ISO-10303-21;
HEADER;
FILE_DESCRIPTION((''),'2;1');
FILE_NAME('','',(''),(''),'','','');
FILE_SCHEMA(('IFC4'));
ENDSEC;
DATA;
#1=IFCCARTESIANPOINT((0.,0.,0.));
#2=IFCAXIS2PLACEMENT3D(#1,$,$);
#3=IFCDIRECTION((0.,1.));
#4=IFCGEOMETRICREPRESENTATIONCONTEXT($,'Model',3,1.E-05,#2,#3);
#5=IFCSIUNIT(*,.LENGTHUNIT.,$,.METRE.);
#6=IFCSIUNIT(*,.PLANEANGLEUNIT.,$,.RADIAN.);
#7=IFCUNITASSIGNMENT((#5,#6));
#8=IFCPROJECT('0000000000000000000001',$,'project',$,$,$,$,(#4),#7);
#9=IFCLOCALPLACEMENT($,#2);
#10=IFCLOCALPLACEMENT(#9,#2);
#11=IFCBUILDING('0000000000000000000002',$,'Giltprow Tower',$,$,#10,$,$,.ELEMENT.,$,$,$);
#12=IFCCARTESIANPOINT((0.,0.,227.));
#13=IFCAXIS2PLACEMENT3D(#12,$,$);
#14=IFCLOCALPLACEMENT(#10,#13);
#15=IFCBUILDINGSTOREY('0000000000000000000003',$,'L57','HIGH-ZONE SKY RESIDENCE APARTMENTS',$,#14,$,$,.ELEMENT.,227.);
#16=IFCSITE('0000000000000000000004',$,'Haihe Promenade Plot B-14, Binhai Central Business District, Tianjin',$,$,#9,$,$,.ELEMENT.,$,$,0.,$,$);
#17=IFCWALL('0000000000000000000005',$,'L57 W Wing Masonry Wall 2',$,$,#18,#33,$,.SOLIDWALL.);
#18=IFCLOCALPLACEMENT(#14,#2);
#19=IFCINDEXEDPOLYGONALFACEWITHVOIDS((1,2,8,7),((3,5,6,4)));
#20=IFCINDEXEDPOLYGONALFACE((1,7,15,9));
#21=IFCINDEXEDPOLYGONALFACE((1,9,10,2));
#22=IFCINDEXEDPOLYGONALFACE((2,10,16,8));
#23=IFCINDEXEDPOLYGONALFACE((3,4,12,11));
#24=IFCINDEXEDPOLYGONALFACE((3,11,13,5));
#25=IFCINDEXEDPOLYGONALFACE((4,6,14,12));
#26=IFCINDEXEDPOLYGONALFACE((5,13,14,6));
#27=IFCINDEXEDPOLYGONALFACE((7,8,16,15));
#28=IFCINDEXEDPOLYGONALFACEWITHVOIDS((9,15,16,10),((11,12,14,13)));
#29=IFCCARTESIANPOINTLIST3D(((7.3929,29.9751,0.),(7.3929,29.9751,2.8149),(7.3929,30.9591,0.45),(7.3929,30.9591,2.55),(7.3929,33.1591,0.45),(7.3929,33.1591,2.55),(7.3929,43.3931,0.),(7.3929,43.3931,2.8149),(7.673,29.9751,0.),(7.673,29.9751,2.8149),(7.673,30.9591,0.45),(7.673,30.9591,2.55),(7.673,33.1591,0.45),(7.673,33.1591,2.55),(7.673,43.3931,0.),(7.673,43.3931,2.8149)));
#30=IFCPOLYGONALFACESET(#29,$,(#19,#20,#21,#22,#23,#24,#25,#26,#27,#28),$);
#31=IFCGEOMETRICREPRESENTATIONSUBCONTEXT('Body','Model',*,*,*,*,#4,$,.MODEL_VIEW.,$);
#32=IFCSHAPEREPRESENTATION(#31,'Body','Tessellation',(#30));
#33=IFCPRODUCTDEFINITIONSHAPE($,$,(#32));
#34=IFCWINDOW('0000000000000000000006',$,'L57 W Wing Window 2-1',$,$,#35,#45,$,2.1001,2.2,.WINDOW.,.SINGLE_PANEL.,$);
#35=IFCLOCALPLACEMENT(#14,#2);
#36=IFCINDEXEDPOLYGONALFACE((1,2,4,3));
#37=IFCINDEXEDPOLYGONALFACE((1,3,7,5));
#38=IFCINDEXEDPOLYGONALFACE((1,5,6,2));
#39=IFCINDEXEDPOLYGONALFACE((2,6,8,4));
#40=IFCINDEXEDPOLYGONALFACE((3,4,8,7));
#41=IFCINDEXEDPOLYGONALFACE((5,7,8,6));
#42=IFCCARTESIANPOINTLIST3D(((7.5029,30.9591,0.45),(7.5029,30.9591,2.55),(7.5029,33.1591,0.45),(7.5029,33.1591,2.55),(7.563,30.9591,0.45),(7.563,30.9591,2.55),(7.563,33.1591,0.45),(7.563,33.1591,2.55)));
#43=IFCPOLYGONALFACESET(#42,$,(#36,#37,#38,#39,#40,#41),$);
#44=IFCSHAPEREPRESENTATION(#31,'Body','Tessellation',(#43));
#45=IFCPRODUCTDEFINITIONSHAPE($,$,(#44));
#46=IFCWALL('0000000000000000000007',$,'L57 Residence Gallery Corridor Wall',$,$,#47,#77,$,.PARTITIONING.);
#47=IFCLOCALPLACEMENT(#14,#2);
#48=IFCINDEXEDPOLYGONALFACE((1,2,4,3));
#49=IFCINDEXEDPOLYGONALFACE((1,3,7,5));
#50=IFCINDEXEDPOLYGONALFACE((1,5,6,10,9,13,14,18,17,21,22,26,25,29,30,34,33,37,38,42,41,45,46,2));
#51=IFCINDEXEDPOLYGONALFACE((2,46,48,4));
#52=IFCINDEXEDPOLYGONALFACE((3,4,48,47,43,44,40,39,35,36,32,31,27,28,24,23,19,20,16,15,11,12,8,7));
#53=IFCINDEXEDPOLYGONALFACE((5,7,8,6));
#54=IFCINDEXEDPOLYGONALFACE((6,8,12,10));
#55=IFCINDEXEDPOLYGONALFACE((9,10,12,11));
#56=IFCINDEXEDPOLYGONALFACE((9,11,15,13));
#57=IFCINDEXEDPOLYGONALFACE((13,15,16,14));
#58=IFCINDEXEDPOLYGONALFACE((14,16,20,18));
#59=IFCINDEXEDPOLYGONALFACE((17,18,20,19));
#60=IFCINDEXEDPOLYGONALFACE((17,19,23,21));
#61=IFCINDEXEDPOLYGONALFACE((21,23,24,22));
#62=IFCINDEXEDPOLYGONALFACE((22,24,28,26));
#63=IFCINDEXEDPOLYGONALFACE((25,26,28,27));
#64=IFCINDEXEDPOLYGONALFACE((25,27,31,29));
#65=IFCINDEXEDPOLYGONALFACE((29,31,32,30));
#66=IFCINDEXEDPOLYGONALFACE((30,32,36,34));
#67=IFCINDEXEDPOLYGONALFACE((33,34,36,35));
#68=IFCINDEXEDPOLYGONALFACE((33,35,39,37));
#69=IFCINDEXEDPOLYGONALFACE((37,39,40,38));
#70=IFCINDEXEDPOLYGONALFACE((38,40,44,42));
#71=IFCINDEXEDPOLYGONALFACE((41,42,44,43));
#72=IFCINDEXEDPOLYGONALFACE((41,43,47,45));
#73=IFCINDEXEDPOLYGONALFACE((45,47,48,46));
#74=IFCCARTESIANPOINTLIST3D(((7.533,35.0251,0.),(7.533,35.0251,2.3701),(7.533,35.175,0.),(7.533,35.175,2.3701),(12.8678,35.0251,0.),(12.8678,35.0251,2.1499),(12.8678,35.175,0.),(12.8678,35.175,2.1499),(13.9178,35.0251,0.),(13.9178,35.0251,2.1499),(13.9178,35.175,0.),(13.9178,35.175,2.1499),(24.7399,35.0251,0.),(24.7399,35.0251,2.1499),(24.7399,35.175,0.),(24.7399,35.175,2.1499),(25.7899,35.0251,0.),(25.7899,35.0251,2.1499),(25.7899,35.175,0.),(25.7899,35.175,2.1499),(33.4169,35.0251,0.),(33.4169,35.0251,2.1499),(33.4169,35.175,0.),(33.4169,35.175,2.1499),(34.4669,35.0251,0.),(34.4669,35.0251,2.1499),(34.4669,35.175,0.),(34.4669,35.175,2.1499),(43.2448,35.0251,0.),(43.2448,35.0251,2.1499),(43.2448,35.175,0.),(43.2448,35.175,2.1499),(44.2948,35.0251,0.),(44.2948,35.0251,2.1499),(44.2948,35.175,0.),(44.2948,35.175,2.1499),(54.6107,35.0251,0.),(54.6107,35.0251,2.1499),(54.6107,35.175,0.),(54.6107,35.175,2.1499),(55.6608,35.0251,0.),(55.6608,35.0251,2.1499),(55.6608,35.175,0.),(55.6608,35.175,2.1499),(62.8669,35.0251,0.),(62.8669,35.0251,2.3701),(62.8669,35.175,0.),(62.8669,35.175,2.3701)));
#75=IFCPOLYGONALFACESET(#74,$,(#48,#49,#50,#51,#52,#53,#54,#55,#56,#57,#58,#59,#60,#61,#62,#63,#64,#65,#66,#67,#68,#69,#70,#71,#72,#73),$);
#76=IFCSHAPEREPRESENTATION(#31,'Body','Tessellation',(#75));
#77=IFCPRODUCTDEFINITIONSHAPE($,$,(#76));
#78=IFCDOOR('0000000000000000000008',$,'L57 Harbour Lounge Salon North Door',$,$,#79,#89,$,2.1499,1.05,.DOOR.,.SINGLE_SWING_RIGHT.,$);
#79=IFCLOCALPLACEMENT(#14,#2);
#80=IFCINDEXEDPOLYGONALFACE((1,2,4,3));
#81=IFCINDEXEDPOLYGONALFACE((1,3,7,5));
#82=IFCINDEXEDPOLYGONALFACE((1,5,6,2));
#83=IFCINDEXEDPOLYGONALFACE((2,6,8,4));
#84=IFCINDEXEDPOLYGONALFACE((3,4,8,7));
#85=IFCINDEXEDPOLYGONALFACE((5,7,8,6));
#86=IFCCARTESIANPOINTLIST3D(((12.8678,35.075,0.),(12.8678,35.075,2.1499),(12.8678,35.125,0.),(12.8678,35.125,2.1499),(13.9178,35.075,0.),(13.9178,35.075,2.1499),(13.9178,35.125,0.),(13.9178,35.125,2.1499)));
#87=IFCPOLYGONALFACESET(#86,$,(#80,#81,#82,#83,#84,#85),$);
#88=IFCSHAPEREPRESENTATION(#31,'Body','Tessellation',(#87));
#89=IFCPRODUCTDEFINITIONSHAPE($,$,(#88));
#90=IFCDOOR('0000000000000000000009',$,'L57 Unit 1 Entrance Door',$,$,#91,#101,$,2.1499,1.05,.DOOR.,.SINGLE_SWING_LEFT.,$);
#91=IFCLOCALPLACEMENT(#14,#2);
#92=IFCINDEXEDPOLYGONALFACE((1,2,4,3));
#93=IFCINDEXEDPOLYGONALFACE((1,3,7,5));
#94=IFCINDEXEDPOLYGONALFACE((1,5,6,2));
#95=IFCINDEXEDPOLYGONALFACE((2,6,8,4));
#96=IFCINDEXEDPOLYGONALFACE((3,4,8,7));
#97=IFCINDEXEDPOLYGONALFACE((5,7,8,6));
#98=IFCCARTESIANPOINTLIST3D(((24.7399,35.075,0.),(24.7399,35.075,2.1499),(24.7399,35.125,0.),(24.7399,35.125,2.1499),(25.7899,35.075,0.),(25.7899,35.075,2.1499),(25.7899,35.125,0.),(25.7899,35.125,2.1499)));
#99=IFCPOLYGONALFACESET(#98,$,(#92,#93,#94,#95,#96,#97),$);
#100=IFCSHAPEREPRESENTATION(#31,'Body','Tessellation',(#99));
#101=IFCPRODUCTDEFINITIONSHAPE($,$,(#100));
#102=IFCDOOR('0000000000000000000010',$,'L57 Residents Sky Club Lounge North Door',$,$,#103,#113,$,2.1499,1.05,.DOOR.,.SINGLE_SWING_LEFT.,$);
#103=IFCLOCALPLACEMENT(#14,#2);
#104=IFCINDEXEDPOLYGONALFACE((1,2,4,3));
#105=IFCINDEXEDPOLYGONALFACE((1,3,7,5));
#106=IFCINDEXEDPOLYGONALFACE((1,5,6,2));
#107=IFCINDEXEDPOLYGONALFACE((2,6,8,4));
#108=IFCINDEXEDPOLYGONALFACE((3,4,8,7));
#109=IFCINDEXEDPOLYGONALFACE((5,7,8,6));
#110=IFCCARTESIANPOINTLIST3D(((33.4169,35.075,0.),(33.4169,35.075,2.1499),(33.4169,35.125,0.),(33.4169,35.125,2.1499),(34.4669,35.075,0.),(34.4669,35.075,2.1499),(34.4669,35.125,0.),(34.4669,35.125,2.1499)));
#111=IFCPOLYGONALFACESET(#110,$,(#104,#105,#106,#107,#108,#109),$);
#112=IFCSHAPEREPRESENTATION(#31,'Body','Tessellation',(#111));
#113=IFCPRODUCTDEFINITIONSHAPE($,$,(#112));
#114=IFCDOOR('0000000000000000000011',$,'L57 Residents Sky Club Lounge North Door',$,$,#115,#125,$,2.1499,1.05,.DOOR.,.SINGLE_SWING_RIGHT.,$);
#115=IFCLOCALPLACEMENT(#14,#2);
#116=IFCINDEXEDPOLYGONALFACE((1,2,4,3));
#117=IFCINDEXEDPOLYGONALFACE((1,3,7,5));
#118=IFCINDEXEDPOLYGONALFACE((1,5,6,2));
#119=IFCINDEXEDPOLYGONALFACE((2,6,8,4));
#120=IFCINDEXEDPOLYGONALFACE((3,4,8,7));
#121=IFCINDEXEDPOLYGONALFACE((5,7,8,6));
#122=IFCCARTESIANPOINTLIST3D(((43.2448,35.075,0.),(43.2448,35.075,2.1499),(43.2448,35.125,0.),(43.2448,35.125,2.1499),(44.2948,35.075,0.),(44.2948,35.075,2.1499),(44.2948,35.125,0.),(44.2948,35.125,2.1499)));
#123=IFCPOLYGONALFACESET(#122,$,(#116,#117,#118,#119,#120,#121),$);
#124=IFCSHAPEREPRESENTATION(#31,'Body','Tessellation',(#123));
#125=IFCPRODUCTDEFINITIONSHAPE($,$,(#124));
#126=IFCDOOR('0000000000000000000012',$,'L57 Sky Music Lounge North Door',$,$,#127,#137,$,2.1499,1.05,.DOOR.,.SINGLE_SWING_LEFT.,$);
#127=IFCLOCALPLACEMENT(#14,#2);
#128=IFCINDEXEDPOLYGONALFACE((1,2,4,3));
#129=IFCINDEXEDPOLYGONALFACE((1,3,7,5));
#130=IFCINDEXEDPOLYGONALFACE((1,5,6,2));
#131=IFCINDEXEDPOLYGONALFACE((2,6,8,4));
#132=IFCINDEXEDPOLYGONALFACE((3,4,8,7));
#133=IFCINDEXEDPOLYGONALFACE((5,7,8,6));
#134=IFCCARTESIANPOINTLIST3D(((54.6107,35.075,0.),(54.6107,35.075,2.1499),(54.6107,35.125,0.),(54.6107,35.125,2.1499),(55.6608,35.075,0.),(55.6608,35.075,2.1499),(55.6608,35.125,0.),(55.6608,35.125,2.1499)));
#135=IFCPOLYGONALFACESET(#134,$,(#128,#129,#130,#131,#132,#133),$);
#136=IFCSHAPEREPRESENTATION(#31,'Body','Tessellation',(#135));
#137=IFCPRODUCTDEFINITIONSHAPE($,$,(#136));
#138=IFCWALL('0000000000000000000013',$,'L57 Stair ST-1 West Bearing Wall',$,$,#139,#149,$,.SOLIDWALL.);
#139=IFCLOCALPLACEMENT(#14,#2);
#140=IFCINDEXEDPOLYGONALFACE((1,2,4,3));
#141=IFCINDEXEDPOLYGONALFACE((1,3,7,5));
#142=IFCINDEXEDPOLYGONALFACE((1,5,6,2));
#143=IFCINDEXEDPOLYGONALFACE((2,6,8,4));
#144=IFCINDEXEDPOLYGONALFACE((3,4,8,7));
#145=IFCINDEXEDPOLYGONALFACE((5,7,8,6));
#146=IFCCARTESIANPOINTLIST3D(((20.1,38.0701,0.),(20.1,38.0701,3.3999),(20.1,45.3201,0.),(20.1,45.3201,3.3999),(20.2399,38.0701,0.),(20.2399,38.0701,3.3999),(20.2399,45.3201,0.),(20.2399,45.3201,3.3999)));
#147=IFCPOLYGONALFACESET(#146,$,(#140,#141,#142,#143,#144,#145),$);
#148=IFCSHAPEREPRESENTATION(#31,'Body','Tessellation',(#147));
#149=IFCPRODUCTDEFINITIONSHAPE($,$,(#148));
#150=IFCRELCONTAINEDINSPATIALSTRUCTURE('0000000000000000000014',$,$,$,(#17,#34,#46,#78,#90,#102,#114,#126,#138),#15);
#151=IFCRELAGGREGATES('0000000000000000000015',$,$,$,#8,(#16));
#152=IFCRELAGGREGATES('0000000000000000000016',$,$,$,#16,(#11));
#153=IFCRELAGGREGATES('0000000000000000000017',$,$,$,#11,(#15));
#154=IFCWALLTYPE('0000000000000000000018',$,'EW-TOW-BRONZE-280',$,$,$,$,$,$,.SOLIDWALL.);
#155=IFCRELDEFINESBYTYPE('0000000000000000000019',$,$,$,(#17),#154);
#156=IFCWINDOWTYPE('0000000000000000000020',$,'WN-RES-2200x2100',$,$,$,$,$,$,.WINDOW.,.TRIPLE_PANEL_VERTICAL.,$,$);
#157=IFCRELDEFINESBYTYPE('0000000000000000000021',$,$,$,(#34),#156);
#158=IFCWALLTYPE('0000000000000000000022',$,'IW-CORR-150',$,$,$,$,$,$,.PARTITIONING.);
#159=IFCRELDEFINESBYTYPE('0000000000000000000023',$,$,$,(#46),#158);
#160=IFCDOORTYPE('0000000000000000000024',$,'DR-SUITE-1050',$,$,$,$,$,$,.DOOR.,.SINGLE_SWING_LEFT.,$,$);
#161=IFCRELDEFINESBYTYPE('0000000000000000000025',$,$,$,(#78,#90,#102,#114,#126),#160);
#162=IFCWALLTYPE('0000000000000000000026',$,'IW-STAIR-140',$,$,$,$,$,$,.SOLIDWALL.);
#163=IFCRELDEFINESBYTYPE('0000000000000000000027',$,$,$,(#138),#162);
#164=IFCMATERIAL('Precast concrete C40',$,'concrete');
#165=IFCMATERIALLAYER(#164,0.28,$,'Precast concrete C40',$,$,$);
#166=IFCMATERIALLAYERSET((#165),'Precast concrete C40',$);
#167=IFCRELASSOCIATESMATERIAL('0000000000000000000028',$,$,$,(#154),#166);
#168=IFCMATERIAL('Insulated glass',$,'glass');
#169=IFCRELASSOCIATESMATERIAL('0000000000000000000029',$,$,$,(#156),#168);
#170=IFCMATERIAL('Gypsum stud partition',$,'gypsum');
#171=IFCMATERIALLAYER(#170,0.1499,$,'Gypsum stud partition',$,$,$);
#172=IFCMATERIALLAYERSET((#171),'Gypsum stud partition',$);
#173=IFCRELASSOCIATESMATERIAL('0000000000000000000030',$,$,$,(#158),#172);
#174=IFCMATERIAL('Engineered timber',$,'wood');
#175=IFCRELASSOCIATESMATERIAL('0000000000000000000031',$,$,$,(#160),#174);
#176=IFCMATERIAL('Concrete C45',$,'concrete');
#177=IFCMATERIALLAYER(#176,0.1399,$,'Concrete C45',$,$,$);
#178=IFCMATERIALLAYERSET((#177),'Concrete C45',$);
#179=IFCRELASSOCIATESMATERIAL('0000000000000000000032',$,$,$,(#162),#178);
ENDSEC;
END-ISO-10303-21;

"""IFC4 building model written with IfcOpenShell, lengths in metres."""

from ifc_helpers import new_model, si_unit, direction, frame, frame_2d, origin, place, context, subcontext, project, spatial, rectangle, extrude, source, transform, mapped, material, layer, layer_set, type_object, element, fill, save


model = new_model("IFC4")

# Units and contexts
model_context = context("Model", 3, precision=1e-05, world=origin(), true_north=direction((0.0, 1.0)))
body_context = subcontext(model_context, "Body", "Model", "MODEL_VIEW")
ifc_project = project(units=[si_unit("LENGTHUNIT", "METRE"), si_unit("PLANEANGLEUNIT", "RADIAN")], contexts=[model_context])

# Site, building, storey
site_placement = place(None, origin())
site = spatial("IfcSite", under=ifc_project, at=site_placement, Name="Haihe Promenade Plot B-14, Binhai Central Business District, Tianjin", CompositionType="ELEMENT", RefElevation=0.0)
building_placement = place(site_placement, origin())
building = spatial("IfcBuilding", under=site, at=building_placement, Name="Giltprow Tower", CompositionType="ELEMENT")
storey_placement = place(building_placement, frame((0.0, 0.0, 227.0)))
storey = spatial("IfcBuildingStorey", under=building, at=storey_placement, Name="L57", Description="HIGH-ZONE SKY RESIDENCE APARTMENTS", CompositionType="ELEMENT", Elevation=227.0)

# Wall, opening, window
ifc_material_1 = material(Name="Precast concrete C40", Category="concrete")
ifc_layer_1 = layer(ifc_material_1, 0.28, Name="Precast concrete C40")
ifc_layer_set_1 = layer_set([ifc_layer_1], Name="Precast concrete C40")
wall_type_1 = type_object("IfcWallType", Name="EW-TOW-BRONZE-280", PredefinedType="SOLIDWALL", material=ifc_layer_set_1)
wall_1_placement = place(storey_placement, frame((7.533, 29.9751, 0.0), z_axis=(0.0, 0.0, 1.0), x_axis=(0.0, 1.0, 0.0)))
wall_1 = element("IfcWall", 1, at=wall_1_placement, inside=storey, type_object=wall_type_1, Name="L57 W Wing Masonry Wall 2", PredefinedType="SOLIDWALL", context=body_context, shape_type="SweptSolid", body=[
    extrude(rectangle(XDim=13.418, YDim=0.28, at=frame_2d((6.709, 0.0))), origin(), (0.0, 0.0, 1.0), 2.8149),
])
opening_1_placement = place(wall_1_placement, frame((0.9839, 0.0, 0.45)))
opening_1 = element("IfcOpeningElement", 2, at=opening_1_placement, cuts=wall_1, PredefinedType="OPENING", context=body_context, shape_type="SweptSolid", body=[
    extrude(rectangle(XDim=2.2, YDim=2.1001, at=frame_2d((1.1001, 1.05))), frame((0.0, 0.1499, 0.0), z_axis=(0.0, -1.0, 0.0), x_axis=(1.0, 0.0, 0.0)), (0.0, 0.0, 1.0), 0.3),
])
ifc_material_2 = material(Name="Insulated glass", Category="glass")
window_type = type_object("IfcWindowType", Name="WN-RES-2200x2100", PartitioningType="TRIPLE_PANEL_VERTICAL", PredefinedType="WINDOW", material=ifc_material_2)
shared_shape_1 = source(origin(), body_context, "Body", "SweptSolid", [
    extrude(rectangle(XDim=2.2, YDim=2.1001, at=frame_2d((1.1001, 1.05))), frame((0.0, 0.03, 0.0), z_axis=(0.0, -1.0, 0.0), x_axis=(1.0, 0.0, 0.0)), (0.0, 0.0, 1.0), 0.0601),
])
window_placement = place(opening_1_placement, origin())
window = element("IfcWindow", 3, at=window_placement, inside=storey, type_object=window_type, Name="L57 W Wing Window 2-1", OverallHeight=2.1001, OverallWidth=2.2, PartitioningType="SINGLE_PANEL", PredefinedType="WINDOW", context=body_context, shape_type="MappedRepresentation", body=[
    mapped(shared_shape_1, transform((0.0, 0.0, 0.0), x_axis=(1.0, 0.0, 0.0), y_axis=(0.0, 1.0, 0.0), z_axis=(0.0, 0.0, 1.0), scale=1.0)),
])
fill(opening_1, window)

# Wall, openings, doors
ifc_material_3 = material(Name="Gypsum stud partition", Category="gypsum")
ifc_layer_2 = layer(ifc_material_3, 0.1499, Name="Gypsum stud partition")
ifc_layer_set_2 = layer_set([ifc_layer_2], Name="Gypsum stud partition")
wall_type_2 = type_object("IfcWallType", Name="IW-CORR-150", PredefinedType="PARTITIONING", material=ifc_layer_set_2)
wall_2_placement = place(storey_placement, frame((7.533, 35.1001, 0.0), z_axis=(0.0, 0.0, 1.0), x_axis=(1.0, 0.0, 0.0)))
wall_2 = element("IfcWall", 4, at=wall_2_placement, inside=storey, type_object=wall_type_2, Name="L57 Residence Gallery Corridor Wall", PredefinedType="PARTITIONING", context=body_context, shape_type="SweptSolid", body=[
    extrude(rectangle(XDim=55.334, YDim=0.1499, at=frame_2d((27.667, 0.0))), origin(), (0.0, 0.0, 1.0), 2.3701),
])
opening_2_placement = place(wall_2_placement, frame((5.335, 0.0, 0.0)))
opening_2 = element("IfcOpeningElement", 5, at=opening_2_placement, cuts=wall_2, PredefinedType="OPENING", context=body_context, shape_type="SweptSolid", body=[
    extrude(rectangle(XDim=1.05, YDim=2.1499, at=frame_2d((0.5249, 1.075))), frame((0.0, 0.085, 0.0), z_axis=(0.0, -1.0, 0.0), x_axis=(1.0, 0.0, 0.0)), (0.0, 0.0, 1.0), 0.1699),
])
opening_3_placement = place(wall_2_placement, frame((17.207, 0.0, 0.0)))
opening_3 = element("IfcOpeningElement", 6, at=opening_3_placement, cuts=wall_2, PredefinedType="OPENING", context=body_context, shape_type="SweptSolid", body=[
    extrude(rectangle(XDim=1.05, YDim=2.1499, at=frame_2d((0.5249, 1.075))), frame((0.0, 0.085, 0.0), z_axis=(0.0, -1.0, 0.0), x_axis=(1.0, 0.0, 0.0)), (0.0, 0.0, 1.0), 0.1699),
])
opening_4_placement = place(wall_2_placement, frame((25.884, 0.0, 0.0)))
opening_4 = element("IfcOpeningElement", 7, at=opening_4_placement, cuts=wall_2, PredefinedType="OPENING", context=body_context, shape_type="SweptSolid", body=[
    extrude(rectangle(XDim=1.05, YDim=2.1499, at=frame_2d((0.5249, 1.075))), frame((0.0, 0.085, 0.0), z_axis=(0.0, -1.0, 0.0), x_axis=(1.0, 0.0, 0.0)), (0.0, 0.0, 1.0), 0.1699),
])
opening_5_placement = place(wall_2_placement, frame((35.7119, 0.0, 0.0)))
opening_5 = element("IfcOpeningElement", 8, at=opening_5_placement, cuts=wall_2, PredefinedType="OPENING", context=body_context, shape_type="SweptSolid", body=[
    extrude(rectangle(XDim=1.05, YDim=2.1499, at=frame_2d((0.5249, 1.075))), frame((0.0, 0.085, 0.0), z_axis=(0.0, -1.0, 0.0), x_axis=(1.0, 0.0, 0.0)), (0.0, 0.0, 1.0), 0.1699),
])
opening_6_placement = place(wall_2_placement, frame((47.0779, 0.0, 0.0)))
opening_6 = element("IfcOpeningElement", 9, at=opening_6_placement, cuts=wall_2, PredefinedType="OPENING", context=body_context, shape_type="SweptSolid", body=[
    extrude(rectangle(XDim=1.05, YDim=2.1499, at=frame_2d((0.5249, 1.075))), frame((0.0, 0.085, 0.0), z_axis=(0.0, -1.0, 0.0), x_axis=(1.0, 0.0, 0.0)), (0.0, 0.0, 1.0), 0.1699),
])
ifc_material_4 = material(Name="Engineered timber", Category="wood")
door_type_1 = type_object("IfcDoorType", Name="DR-SUITE-1050", OperationType="SINGLE_SWING_LEFT", PredefinedType="DOOR", material=ifc_material_4)
shared_shape_2 = source(origin(), body_context, "Body", "SweptSolid", [
    extrude(rectangle(XDim=1.05, YDim=2.1499, at=frame_2d((0.5249, 1.075))), frame((0.0, 0.0249, 0.0), z_axis=(0.0, -1.0, 0.0), x_axis=(1.0, 0.0, 0.0)), (0.0, 0.0, 1.0), 0.05),
])
door_1_placement = place(opening_2_placement, origin())
door_1 = element("IfcDoor", 10, at=door_1_placement, inside=storey, type_object=door_type_1, Name="L57 Harbour Lounge Salon North Door", OperationType="SINGLE_SWING_RIGHT", OverallHeight=2.1499, OverallWidth=1.05, PredefinedType="DOOR", context=body_context, shape_type="MappedRepresentation", body=[
    mapped(shared_shape_2, transform((0.0, 0.0, 0.0), x_axis=(1.0, 0.0, 0.0), y_axis=(0.0, 1.0, 0.0), z_axis=(0.0, 0.0, 1.0), scale=1.0)),
])
fill(opening_2, door_1)
door_2_placement = place(opening_3_placement, origin())
door_2 = element("IfcDoor", 11, at=door_2_placement, inside=storey, type_object=door_type_1, Name="L57 Unit 1 Entrance Door", OperationType="SINGLE_SWING_LEFT", OverallHeight=2.1499, OverallWidth=1.05, PredefinedType="DOOR", context=body_context, shape_type="MappedRepresentation", body=[
    mapped(shared_shape_2, transform((0.0, 0.0, 0.0), x_axis=(1.0, 0.0, 0.0), y_axis=(0.0, 1.0, 0.0), z_axis=(0.0, 0.0, 1.0), scale=1.0)),
])
fill(opening_3, door_2)
door_3_placement = place(opening_4_placement, origin())
door_3 = element("IfcDoor", 12, at=door_3_placement, inside=storey, type_object=door_type_1, Name="L57 Residents Sky Club Lounge North Door", OperationType="SINGLE_SWING_LEFT", OverallHeight=2.1499, OverallWidth=1.05, PredefinedType="DOOR", context=body_context, shape_type="MappedRepresentation", body=[
    mapped(shared_shape_2, transform((0.0, 0.0, 0.0), x_axis=(1.0, 0.0, 0.0), y_axis=(0.0, 1.0, 0.0), z_axis=(0.0, 0.0, 1.0), scale=1.0)),
])
fill(opening_4, door_3)
door_4_placement = place(opening_5_placement, origin())
door_4 = element("IfcDoor", 13, at=door_4_placement, inside=storey, type_object=door_type_1, Name="L57 Residents Sky Club Lounge North Door", OperationType="SINGLE_SWING_RIGHT", OverallHeight=2.1499, OverallWidth=1.05, PredefinedType="DOOR", context=body_context, shape_type="MappedRepresentation", body=[
    mapped(shared_shape_2, transform((0.0, 0.0, 0.0), x_axis=(1.0, 0.0, 0.0), y_axis=(0.0, 1.0, 0.0), z_axis=(0.0, 0.0, 1.0), scale=1.0)),
])
fill(opening_5, door_4)
door_5_placement = place(opening_6_placement, origin())
door_5 = element("IfcDoor", 14, at=door_5_placement, inside=storey, type_object=door_type_1, Name="L57 Sky Music Lounge North Door", OperationType="SINGLE_SWING_LEFT", OverallHeight=2.1499, OverallWidth=1.05, PredefinedType="DOOR", context=body_context, shape_type="MappedRepresentation", body=[
    mapped(shared_shape_2, transform((0.0, 0.0, 0.0), x_axis=(1.0, 0.0, 0.0), y_axis=(0.0, 1.0, 0.0), z_axis=(0.0, 0.0, 1.0), scale=1.0)),
])
fill(opening_6, door_5)

# Wall
ifc_material_5 = material(Name="Concrete C45", Category="concrete")
ifc_layer_3 = layer(ifc_material_5, 0.1399, Name="Concrete C45")
ifc_layer_set_3 = layer_set([ifc_layer_3], Name="Concrete C45")
wall_type_3 = type_object("IfcWallType", Name="IW-STAIR-140", PredefinedType="SOLIDWALL", material=ifc_layer_set_3)
wall_3_placement = place(storey_placement, frame((20.1699, 38.0701, 0.0), z_axis=(0.0, 0.0, 1.0), x_axis=(0.0, 1.0, 0.0)))
element("IfcWall", 15, at=wall_3_placement, inside=storey, type_object=wall_type_3, Name="L57 Stair ST-1 West Bearing Wall", PredefinedType="SOLIDWALL", context=body_context, shape_type="SweptSolid", body=[
    extrude(rectangle(XDim=7.25, YDim=0.1399, at=frame_2d((3.625, 0.0))), origin(), (0.0, 0.0, 1.0), 3.3999),
])

save(model, "model.ifc")
